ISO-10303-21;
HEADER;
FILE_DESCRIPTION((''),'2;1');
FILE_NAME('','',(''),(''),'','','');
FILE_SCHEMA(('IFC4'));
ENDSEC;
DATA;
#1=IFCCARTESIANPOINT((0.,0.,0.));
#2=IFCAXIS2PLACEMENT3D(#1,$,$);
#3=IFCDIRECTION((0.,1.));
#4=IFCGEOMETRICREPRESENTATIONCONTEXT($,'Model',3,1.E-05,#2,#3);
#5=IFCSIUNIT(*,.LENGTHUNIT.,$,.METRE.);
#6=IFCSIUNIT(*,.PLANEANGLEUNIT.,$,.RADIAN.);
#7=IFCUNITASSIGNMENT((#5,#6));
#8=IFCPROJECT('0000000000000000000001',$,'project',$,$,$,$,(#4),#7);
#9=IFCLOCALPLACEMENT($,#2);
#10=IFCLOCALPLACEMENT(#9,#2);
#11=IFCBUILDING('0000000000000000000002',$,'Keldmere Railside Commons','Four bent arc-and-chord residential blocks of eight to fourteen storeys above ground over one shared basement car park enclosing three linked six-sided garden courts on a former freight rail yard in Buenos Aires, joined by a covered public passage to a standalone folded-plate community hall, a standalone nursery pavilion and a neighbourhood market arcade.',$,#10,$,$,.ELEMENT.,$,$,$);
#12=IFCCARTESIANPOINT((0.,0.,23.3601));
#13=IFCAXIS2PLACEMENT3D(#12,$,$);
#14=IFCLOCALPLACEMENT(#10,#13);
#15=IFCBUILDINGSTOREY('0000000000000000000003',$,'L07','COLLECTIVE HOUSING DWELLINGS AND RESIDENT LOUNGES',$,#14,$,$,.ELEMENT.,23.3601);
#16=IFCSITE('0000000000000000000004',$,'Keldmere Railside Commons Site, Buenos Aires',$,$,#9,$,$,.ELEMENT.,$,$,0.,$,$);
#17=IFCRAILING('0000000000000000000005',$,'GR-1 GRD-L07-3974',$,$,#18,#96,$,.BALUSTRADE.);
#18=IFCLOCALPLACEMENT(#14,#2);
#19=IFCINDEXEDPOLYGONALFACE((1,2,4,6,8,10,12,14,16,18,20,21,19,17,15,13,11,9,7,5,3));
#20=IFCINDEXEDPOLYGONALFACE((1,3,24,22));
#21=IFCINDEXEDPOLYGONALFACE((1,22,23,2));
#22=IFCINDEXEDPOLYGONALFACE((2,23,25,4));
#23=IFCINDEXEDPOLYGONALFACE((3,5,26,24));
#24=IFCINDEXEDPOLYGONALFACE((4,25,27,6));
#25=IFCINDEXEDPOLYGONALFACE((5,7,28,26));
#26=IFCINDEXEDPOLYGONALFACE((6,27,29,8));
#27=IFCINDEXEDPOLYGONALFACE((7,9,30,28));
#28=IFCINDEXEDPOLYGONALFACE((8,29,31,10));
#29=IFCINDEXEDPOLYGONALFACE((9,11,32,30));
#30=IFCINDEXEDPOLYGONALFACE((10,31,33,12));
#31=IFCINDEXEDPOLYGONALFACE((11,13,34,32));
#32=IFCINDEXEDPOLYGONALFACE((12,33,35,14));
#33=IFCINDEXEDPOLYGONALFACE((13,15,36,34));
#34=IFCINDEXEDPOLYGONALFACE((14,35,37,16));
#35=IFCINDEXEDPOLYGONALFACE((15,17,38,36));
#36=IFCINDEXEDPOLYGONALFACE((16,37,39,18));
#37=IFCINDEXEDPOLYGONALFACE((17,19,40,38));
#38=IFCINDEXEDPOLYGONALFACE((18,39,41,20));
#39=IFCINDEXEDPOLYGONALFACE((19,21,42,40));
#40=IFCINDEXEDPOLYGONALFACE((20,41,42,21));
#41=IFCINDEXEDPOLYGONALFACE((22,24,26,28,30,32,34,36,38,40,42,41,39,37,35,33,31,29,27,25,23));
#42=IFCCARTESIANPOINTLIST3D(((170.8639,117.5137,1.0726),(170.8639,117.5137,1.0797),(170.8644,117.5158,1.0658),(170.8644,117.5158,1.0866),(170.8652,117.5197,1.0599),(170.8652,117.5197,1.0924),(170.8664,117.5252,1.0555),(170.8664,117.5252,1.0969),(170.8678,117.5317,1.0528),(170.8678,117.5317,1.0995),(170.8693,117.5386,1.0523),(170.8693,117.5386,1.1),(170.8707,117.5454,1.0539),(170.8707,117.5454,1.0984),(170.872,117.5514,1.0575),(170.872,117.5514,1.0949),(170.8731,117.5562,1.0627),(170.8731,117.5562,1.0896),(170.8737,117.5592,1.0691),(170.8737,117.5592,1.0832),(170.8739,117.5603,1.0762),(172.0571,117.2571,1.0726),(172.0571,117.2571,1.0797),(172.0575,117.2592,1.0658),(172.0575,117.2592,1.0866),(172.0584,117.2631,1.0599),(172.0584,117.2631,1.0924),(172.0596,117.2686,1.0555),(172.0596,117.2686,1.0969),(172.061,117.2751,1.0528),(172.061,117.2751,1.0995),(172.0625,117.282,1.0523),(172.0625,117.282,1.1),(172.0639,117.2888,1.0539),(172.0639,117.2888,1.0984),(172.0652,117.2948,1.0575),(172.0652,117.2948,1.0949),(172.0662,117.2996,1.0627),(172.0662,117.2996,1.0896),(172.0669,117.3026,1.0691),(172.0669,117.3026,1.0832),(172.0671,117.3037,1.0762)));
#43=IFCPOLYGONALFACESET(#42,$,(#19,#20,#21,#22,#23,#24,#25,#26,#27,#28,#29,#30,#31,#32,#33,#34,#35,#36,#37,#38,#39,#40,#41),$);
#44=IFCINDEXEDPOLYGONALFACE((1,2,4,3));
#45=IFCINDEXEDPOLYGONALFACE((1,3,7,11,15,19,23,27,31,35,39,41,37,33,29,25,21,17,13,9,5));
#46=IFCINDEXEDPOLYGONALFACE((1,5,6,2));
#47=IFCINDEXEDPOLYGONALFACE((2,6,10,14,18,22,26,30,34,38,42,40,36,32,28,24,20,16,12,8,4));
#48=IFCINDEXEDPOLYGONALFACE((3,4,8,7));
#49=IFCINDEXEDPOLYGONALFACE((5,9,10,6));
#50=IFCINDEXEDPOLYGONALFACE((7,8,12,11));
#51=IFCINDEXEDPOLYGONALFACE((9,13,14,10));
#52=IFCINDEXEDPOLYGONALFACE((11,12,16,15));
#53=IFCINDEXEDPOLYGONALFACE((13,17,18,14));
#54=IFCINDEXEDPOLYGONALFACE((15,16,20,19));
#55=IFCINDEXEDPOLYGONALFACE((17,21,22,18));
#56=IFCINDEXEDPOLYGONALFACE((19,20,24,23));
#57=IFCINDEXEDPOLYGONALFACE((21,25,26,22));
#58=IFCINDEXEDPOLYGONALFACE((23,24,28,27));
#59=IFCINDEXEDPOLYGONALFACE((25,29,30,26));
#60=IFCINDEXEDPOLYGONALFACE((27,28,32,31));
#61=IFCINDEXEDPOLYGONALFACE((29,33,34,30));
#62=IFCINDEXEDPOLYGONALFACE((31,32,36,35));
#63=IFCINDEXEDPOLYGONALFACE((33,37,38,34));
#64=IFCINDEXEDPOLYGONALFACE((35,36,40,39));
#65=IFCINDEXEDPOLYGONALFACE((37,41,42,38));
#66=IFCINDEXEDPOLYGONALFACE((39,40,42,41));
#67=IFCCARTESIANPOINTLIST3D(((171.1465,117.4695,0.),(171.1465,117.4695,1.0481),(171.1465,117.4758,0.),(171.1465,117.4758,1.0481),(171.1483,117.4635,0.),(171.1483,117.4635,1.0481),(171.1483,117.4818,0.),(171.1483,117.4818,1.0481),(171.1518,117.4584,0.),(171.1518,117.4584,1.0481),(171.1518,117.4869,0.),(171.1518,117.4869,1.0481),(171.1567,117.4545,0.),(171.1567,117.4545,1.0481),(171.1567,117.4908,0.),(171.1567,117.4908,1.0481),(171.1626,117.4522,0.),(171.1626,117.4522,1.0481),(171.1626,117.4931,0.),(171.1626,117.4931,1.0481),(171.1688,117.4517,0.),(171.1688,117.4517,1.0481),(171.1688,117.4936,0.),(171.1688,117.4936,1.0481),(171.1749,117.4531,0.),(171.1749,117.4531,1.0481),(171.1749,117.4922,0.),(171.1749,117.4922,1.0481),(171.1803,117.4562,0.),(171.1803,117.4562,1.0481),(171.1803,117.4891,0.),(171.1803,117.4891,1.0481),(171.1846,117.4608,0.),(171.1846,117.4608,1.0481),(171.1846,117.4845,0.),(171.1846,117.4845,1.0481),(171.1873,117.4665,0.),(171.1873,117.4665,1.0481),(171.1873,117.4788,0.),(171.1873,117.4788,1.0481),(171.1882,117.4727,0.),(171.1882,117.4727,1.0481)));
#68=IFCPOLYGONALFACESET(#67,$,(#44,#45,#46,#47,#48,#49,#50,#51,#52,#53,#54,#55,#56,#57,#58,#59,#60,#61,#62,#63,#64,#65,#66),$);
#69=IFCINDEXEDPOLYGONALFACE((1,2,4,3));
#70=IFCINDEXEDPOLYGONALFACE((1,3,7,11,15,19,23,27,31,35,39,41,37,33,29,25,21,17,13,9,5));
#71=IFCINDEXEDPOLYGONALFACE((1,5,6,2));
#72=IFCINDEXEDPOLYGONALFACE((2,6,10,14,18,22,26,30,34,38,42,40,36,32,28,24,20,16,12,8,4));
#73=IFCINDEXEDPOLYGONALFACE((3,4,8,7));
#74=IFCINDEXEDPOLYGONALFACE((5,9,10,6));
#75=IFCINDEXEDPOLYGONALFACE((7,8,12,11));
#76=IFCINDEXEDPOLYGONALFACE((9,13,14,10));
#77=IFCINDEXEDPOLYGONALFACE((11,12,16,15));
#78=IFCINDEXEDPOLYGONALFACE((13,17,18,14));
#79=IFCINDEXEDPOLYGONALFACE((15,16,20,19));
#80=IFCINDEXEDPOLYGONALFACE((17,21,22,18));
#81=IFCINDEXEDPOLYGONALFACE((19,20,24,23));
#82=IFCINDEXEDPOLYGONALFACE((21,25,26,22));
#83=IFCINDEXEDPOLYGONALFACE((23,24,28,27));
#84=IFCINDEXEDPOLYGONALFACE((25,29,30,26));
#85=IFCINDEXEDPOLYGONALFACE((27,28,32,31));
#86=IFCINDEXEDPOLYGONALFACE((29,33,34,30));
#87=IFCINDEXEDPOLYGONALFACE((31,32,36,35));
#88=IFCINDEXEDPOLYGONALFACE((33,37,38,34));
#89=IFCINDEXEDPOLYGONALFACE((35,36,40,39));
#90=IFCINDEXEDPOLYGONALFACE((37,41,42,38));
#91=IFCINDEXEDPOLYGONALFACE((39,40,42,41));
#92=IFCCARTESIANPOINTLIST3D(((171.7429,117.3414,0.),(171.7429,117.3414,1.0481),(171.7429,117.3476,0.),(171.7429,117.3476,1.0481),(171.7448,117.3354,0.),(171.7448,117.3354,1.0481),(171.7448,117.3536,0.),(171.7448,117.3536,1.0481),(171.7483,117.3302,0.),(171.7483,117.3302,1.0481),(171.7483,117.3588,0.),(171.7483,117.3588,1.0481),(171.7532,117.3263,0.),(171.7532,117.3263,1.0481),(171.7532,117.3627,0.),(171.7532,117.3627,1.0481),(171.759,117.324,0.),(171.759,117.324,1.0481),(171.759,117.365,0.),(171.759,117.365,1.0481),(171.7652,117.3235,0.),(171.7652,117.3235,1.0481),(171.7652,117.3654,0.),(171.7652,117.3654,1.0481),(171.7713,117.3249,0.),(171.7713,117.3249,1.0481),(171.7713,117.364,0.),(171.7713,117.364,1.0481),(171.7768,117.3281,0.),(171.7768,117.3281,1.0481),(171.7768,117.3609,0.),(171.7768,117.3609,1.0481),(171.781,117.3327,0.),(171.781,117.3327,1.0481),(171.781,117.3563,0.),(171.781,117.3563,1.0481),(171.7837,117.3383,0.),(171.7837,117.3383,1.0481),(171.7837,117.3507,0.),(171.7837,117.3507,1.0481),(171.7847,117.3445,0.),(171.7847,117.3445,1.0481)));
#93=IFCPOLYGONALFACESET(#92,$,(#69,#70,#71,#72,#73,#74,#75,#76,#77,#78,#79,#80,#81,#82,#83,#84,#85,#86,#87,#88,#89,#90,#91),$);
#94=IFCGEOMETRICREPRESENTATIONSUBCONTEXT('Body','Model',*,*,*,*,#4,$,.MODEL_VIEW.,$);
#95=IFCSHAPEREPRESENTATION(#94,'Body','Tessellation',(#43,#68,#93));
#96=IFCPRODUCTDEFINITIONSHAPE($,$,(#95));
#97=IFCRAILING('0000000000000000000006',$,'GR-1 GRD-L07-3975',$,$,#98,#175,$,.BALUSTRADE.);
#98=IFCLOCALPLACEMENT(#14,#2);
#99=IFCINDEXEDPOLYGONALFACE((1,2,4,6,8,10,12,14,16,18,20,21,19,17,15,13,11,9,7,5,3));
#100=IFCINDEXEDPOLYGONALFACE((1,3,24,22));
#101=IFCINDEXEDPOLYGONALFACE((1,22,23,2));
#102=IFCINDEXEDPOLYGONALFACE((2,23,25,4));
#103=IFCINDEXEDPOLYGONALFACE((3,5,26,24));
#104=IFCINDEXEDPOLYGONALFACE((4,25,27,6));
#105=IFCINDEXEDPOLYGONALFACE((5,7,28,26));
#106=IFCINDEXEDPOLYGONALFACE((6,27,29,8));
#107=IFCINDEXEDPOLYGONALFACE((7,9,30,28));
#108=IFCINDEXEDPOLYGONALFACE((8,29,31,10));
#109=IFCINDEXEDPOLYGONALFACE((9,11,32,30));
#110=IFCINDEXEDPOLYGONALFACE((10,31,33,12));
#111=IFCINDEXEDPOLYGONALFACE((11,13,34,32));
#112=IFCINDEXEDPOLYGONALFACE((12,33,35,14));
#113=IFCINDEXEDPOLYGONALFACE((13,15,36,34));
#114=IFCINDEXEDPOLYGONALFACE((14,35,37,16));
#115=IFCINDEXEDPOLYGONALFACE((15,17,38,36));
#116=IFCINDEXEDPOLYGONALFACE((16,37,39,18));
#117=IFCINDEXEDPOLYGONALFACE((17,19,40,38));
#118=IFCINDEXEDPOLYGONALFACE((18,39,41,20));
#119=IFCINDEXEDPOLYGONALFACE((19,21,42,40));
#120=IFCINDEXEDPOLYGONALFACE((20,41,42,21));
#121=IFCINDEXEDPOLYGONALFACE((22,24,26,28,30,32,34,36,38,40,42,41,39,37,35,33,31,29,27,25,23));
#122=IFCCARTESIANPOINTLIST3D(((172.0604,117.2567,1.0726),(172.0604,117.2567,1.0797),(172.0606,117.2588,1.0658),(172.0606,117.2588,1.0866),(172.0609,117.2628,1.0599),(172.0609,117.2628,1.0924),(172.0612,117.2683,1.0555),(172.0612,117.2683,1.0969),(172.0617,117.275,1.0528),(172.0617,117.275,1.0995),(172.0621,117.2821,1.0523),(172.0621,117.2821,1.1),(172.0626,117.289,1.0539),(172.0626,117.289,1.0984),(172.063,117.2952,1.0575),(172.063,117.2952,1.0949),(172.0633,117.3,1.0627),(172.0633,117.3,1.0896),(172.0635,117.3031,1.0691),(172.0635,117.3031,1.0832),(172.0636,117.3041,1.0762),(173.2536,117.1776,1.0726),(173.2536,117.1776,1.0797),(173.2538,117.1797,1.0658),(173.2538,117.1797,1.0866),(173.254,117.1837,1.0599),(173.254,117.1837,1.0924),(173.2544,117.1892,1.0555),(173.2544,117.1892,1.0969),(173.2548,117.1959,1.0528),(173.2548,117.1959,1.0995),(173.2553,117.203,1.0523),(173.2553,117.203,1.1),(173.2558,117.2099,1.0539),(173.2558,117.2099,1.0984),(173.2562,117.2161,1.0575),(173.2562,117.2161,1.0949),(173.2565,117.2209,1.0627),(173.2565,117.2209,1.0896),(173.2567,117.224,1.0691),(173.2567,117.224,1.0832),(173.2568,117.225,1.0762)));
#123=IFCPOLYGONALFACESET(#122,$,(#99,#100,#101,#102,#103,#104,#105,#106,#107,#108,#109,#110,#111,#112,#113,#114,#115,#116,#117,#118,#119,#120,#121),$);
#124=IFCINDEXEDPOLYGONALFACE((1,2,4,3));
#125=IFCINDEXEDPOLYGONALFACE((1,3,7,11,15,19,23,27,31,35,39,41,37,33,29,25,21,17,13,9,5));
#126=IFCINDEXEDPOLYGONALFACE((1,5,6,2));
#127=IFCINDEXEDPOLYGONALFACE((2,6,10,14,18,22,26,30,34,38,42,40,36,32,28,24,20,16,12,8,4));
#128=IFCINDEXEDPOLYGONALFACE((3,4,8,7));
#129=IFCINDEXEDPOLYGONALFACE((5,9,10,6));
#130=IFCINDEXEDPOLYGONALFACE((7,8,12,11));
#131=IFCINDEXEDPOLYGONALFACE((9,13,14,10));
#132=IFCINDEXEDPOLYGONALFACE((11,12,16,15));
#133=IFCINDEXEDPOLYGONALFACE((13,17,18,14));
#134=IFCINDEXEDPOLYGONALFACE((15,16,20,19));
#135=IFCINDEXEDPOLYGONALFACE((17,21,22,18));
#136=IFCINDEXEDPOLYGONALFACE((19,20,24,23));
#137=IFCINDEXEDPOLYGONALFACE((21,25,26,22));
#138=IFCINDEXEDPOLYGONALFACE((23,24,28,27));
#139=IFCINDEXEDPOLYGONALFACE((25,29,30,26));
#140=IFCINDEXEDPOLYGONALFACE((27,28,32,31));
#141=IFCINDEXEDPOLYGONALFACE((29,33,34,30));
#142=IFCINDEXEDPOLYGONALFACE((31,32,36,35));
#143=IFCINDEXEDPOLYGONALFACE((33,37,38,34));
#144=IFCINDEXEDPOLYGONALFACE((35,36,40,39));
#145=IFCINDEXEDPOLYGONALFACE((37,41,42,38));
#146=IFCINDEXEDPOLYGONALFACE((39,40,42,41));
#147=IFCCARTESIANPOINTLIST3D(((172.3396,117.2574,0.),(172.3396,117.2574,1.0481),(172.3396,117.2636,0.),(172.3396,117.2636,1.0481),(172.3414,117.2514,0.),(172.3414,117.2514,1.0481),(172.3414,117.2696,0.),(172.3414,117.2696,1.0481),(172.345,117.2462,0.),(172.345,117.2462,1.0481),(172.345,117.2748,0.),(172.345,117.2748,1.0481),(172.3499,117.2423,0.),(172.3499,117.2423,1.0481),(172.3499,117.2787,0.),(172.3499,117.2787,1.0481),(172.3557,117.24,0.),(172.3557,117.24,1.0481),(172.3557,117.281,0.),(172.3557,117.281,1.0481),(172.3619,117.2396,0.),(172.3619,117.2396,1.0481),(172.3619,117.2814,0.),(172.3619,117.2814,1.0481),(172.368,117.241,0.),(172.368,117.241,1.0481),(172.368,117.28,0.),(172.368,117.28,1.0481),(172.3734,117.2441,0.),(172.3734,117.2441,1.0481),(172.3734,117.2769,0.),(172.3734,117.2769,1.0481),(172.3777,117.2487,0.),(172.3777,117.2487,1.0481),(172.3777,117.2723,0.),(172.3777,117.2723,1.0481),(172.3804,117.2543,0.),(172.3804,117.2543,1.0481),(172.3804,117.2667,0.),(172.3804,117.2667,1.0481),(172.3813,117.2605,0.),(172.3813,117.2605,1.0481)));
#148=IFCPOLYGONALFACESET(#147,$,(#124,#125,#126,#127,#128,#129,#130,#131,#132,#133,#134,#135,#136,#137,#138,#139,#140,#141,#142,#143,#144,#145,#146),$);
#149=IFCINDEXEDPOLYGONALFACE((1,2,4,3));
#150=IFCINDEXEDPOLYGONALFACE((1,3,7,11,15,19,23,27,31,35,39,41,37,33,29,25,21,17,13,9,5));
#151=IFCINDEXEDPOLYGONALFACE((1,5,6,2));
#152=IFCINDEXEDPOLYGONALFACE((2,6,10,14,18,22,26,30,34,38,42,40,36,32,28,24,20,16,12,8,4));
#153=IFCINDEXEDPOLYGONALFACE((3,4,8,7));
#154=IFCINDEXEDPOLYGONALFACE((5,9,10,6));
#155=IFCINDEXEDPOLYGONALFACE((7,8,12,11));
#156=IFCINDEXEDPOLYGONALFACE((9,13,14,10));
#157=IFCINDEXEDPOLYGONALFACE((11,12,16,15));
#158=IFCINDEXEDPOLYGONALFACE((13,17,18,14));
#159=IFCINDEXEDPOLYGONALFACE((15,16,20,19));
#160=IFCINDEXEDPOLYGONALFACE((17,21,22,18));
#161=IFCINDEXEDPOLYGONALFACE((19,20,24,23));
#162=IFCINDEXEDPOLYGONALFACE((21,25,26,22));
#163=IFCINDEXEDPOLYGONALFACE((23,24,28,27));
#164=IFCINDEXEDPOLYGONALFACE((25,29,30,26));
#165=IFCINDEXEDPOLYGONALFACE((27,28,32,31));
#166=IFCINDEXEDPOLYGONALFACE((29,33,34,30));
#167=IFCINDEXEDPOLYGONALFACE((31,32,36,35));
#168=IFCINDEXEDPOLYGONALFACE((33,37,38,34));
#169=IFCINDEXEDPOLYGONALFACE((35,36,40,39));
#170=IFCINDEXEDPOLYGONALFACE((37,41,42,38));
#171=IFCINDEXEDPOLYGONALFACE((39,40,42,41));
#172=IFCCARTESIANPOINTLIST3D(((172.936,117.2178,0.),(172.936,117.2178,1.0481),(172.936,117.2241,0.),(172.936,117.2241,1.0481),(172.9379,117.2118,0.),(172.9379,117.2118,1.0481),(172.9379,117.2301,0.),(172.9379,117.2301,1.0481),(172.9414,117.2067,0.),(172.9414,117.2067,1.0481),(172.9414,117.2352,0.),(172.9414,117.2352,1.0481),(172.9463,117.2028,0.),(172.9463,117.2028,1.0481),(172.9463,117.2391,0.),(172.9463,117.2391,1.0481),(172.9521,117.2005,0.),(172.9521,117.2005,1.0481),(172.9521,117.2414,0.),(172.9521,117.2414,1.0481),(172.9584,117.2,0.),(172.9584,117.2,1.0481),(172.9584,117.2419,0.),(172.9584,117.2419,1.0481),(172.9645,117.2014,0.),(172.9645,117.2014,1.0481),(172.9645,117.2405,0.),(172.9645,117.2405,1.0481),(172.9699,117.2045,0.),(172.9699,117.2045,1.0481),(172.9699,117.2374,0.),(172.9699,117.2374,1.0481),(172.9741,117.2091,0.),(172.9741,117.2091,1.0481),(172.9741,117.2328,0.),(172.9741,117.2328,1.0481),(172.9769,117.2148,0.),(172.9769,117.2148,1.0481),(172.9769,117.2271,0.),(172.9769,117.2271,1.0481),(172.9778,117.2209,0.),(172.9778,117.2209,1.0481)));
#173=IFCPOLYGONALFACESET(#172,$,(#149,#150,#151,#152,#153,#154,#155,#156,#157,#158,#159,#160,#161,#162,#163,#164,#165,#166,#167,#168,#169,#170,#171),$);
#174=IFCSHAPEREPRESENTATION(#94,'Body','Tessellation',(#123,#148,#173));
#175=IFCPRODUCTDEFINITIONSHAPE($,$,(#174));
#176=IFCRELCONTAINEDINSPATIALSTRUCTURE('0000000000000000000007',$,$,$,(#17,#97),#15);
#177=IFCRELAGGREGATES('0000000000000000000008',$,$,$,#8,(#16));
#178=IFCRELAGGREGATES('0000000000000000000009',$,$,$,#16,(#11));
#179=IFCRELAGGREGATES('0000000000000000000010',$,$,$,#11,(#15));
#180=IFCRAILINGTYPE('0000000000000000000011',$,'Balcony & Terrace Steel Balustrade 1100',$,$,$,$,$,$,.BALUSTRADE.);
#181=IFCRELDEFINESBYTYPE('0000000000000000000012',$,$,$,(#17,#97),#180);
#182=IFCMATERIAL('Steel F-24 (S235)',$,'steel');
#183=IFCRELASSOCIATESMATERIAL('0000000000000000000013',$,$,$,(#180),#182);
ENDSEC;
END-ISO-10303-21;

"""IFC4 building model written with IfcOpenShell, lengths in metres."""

from ifc_helpers import new_model, si_unit, direction, frame, origin, origin_2d, place, context, subcontext, project, spatial, circle, extrude, material, type_object, element, save


model = new_model("IFC4")

# Units and contexts
model_context = context("Model", 3, precision=1e-05, world=origin(), true_north=direction((0.0, 1.0)))
body_context = subcontext(model_context, "Body", "Model", "MODEL_VIEW")
ifc_project = project(units=[si_unit("LENGTHUNIT", "METRE"), si_unit("PLANEANGLEUNIT", "RADIAN")], contexts=[model_context])

# Site, building, storey
site_placement = place(None, origin())
site = spatial("IfcSite", under=ifc_project, at=site_placement, Name="Keldmere Railside Commons Site, Buenos Aires", CompositionType="ELEMENT", RefElevation=0.0)
building_placement = place(site_placement, origin())
building = spatial("IfcBuilding", under=site, at=building_placement, Name="Keldmere Railside Commons", Description="Four bent arc-and-chord residential blocks of eight to fourteen storeys above ground over one shared basement car park enclosing three linked six-sided garden courts on a former freight rail yard in Buenos Aires, joined by a covered public passage to a standalone folded-plate community hall, a standalone nursery pavilion and a neighbourhood market arcade.", CompositionType="ELEMENT")
storey_placement = place(building_placement, frame((0.0, 0.0, 23.3601)))
storey = spatial("IfcBuildingStorey", under=building, at=storey_placement, Name="L07", Description="COLLECTIVE HOUSING DWELLINGS AND RESIDENT LOUNGES", CompositionType="ELEMENT", Elevation=23.3601)

# Railings
ifc_material_1 = material(Name="Steel F-24 (S235)", Category="steel")
railing_type = type_object("IfcRailingType", Name="Balcony & Terrace Steel Balustrade 1100", PredefinedType="BALUSTRADE", material=ifc_material_1)
railing_1_placement = place(storey_placement, frame((170.8689, 117.5369, 0.0)))
element("IfcRailing", 1, at=railing_1_placement, inside=storey, type_object=railing_type, Name="GR-1 GRD-L07-3974", PredefinedType="BALUSTRADE", context=body_context, shape_type="SweptSolid", body=[
    extrude(circle(Radius=0.0239, at=origin_2d()), frame((0.0, 0.0, 1.0762), z_axis=(0.977647, -0.210253, 0.0), x_axis=(0.210253, 0.977647, 0.0)), (0.0, 0.0, 1.0), 1.2205),
    extrude(circle(Radius=0.021, at=origin_2d()), frame((0.2983, -0.0642, 0.0)), (0.0, 0.0, 1.0), 1.0481),
    extrude(circle(Radius=0.021, at=origin_2d()), frame((0.8948, -0.1924, 0.0)), (0.0, 0.0, 1.0), 1.0481),
])
railing_2_placement = place(storey_placement, frame((172.062, 117.2803, 0.0)))
element("IfcRailing", 2, at=railing_2_placement, inside=storey, type_object=railing_type, Name="GR-1 GRD-L07-3975", PredefinedType="BALUSTRADE", context=body_context, shape_type="SweptSolid", body=[
    extrude(circle(Radius=0.0239, at=origin_2d()), frame((0.0, 0.0, 1.0762), z_axis=(0.997809, -0.066153, 0.0), x_axis=(0.066153, 0.997809, 0.0)), (0.0, 0.0, 1.0), 1.1958),
    extrude(circle(Radius=0.021, at=origin_2d()), frame((0.2983, -0.0198, 0.0)), (0.0, 0.0, 1.0), 1.0481),
    extrude(circle(Radius=0.021, at=origin_2d()), frame((0.8948, -0.0593, 0.0)), (0.0, 0.0, 1.0), 1.0481),
])

save(model, "model.ifc")
